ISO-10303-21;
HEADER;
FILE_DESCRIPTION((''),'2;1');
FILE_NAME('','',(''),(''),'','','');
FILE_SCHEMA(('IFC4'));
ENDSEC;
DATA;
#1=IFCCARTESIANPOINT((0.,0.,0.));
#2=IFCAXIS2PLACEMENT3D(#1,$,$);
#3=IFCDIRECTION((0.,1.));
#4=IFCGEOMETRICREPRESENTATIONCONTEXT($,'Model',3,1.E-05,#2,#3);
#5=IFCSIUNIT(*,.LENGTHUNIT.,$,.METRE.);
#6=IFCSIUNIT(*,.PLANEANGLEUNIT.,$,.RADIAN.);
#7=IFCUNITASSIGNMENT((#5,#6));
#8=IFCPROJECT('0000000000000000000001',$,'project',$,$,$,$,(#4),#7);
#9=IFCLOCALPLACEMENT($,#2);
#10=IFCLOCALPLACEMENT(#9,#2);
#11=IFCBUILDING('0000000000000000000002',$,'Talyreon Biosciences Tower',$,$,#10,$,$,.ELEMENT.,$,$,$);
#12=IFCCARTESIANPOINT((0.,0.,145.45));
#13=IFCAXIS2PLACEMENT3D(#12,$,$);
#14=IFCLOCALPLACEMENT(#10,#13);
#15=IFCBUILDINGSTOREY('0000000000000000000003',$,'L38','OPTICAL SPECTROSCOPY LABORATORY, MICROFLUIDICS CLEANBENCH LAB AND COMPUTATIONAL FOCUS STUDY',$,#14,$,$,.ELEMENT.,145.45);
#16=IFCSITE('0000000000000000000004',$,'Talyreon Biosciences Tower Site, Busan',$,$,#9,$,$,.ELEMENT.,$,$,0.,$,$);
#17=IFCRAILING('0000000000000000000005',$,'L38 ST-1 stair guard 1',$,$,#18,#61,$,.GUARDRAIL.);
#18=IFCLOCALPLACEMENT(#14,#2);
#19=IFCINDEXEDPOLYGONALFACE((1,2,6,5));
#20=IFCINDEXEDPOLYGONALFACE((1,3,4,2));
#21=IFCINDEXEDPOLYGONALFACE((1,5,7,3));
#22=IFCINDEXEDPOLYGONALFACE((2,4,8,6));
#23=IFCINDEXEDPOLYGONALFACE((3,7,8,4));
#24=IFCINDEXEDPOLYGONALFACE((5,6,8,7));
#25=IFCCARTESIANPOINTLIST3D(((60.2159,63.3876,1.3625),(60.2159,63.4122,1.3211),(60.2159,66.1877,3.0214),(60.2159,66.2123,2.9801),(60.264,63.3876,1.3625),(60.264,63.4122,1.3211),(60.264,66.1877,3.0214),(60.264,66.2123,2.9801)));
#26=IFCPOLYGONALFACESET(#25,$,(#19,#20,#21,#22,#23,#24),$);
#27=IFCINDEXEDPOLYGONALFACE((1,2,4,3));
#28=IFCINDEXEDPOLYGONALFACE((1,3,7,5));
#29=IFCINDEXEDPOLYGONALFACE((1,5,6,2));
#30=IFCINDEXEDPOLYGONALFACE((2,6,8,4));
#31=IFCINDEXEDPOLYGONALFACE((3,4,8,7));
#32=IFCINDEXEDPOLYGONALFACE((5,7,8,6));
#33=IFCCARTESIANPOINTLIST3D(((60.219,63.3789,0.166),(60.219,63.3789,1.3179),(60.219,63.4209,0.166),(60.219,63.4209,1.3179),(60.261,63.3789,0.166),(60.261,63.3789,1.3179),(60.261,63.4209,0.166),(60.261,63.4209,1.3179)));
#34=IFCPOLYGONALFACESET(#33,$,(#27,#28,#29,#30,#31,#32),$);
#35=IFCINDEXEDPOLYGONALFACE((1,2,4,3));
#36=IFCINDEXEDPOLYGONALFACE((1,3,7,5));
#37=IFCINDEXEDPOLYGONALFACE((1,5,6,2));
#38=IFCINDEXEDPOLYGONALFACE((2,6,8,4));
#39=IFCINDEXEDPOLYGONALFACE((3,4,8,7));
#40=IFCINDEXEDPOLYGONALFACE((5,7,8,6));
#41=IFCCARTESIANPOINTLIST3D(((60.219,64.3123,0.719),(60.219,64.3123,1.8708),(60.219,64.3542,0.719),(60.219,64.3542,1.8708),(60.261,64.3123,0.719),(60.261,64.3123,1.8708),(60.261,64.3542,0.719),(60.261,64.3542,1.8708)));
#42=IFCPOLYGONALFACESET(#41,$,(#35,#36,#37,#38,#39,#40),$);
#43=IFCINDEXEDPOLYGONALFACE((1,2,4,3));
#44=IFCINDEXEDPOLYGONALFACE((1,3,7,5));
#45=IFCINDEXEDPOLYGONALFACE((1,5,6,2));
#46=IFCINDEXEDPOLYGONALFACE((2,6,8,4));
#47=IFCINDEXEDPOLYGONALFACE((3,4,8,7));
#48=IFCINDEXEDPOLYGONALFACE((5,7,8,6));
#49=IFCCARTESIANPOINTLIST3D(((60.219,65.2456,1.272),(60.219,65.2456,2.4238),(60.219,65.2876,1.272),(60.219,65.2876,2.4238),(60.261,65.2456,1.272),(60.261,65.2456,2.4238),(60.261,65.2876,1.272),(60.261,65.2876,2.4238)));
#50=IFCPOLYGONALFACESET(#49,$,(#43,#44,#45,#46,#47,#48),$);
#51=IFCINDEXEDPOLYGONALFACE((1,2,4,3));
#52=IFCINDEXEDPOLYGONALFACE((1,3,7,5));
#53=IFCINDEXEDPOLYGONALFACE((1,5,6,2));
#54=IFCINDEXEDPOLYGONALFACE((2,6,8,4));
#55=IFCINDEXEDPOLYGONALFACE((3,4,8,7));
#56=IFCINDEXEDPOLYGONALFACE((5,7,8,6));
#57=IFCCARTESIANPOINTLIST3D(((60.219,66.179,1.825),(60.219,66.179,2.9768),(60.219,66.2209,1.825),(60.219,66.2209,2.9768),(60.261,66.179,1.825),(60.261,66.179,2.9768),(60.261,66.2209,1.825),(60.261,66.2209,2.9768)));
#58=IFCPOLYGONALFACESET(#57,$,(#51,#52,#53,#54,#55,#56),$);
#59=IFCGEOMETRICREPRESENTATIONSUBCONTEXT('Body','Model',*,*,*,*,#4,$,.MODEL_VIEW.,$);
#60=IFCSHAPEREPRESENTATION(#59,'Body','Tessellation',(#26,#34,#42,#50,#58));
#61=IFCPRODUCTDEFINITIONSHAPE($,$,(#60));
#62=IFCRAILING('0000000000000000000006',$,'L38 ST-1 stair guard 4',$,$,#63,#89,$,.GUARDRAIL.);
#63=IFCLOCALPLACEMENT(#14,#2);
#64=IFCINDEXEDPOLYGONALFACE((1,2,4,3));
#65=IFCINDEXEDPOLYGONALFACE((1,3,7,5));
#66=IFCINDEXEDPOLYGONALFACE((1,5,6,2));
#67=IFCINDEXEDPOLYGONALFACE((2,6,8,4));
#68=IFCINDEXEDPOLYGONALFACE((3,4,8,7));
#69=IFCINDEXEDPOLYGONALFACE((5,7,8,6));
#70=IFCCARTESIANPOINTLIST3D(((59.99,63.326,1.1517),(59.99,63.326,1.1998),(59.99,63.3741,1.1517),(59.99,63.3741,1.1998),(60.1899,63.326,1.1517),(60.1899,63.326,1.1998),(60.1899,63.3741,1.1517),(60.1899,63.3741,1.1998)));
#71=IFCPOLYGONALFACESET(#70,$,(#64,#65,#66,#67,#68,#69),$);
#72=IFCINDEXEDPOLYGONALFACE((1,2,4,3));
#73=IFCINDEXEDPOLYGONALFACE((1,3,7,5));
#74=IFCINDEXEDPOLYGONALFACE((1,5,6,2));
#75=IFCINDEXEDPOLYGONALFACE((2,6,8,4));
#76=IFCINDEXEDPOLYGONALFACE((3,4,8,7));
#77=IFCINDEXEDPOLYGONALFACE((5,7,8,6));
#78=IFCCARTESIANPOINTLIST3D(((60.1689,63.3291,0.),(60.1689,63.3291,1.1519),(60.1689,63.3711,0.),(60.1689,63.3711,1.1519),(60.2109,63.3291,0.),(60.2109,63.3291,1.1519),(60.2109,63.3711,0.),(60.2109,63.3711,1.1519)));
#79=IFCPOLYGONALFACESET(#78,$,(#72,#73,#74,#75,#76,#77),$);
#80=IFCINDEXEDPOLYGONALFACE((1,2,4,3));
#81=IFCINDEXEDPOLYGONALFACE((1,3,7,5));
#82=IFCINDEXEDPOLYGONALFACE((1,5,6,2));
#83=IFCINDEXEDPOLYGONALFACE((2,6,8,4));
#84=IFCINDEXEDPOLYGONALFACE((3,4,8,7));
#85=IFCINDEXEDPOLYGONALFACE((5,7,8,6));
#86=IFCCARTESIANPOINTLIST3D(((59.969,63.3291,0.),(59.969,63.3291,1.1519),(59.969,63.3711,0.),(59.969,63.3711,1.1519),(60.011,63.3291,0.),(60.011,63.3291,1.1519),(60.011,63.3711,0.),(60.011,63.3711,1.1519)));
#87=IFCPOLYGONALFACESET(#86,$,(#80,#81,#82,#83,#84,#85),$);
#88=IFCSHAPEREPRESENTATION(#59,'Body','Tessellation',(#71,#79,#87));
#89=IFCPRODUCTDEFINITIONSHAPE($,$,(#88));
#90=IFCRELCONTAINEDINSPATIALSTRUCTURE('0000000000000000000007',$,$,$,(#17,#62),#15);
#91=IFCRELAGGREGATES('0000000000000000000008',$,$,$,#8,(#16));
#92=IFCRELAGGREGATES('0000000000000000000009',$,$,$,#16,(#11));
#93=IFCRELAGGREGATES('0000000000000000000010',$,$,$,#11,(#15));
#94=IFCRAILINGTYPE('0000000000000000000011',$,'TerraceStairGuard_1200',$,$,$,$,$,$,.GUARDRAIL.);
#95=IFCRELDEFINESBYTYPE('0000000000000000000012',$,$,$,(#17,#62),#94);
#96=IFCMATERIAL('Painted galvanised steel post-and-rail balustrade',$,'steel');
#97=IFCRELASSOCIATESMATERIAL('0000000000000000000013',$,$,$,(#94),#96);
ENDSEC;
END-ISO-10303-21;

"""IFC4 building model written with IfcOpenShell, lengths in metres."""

from ifc_helpers import new_model, si_unit, direction, frame, origin, origin_2d, place, context, subcontext, project, spatial, rectangle, extrude, material, type_object, element, save


model = new_model("IFC4")

# Units and contexts
model_context = context("Model", 3, precision=1e-05, world=origin(), true_north=direction((0.0, 1.0)))
body_context = subcontext(model_context, "Body", "Model", "MODEL_VIEW")
ifc_project = project(units=[si_unit("LENGTHUNIT", "METRE"), si_unit("PLANEANGLEUNIT", "RADIAN")], contexts=[model_context])

# Site, building, storey
site_placement = place(None, origin())
site = spatial("IfcSite", under=ifc_project, at=site_placement, Name="Talyreon Biosciences Tower Site, Busan", CompositionType="ELEMENT", RefElevation=0.0)
building_placement = place(site_placement, origin())
building = spatial("IfcBuilding", under=site, at=building_placement, Name="Talyreon Biosciences Tower", CompositionType="ELEMENT")
storey_placement = place(building_placement, frame((0.0, 0.0, 145.45)))
storey = spatial("IfcBuildingStorey", under=building, at=storey_placement, Name="L38", Description="OPTICAL SPECTROSCOPY LABORATORY, MICROFLUIDICS CLEANBENCH LAB AND COMPUTATIONAL FOCUS STUDY", CompositionType="ELEMENT", Elevation=145.45)

# Railings
ifc_material_1 = material(Name="Painted galvanised steel post-and-rail balustrade", Category="steel")
railing_type_1 = type_object("IfcRailingType", Name="TerraceStairGuard_1200", PredefinedType="GUARDRAIL", material=ifc_material_1)
railing_1_placement = place(storey_placement, frame((60.24, 63.3999, 0.166)))
element("IfcRailing", 1, at=railing_1_placement, inside=storey, type_object=railing_type_1, Name="L38 ST-1 stair guard 1", PredefinedType="GUARDRAIL", context=body_context, shape_type="SweptSolid", body=[
    extrude(rectangle(XDim=0.0481, YDim=0.0481, at=origin_2d()), frame((0.0, 0.0, 1.1758), z_axis=(0.0, 0.860339, 0.509722), x_axis=(-1.0, 0.0, 0.0)), (0.0, 0.0, 1.0), 3.2546),
    extrude(rectangle(XDim=0.042, YDim=0.042, at=origin_2d()), origin(), (0.0, 0.0, 1.0), 1.1519),
    extrude(rectangle(XDim=0.042, YDim=0.042, at=origin_2d()), frame((0.0, 0.9333, 0.553)), (0.0, 0.0, 1.0), 1.1519),
    extrude(rectangle(XDim=0.042, YDim=0.042, at=origin_2d()), frame((0.0, 1.8667, 1.106)), (0.0, 0.0, 1.0), 1.1519),
    extrude(rectangle(XDim=0.042, YDim=0.042, at=origin_2d()), frame((0.0, 2.8, 1.6589)), (0.0, 0.0, 1.0), 1.1519),
])
railing_2_placement = place(storey_placement, frame((60.1899, 63.3501, 0.0)))
element("IfcRailing", 2, at=railing_2_placement, inside=storey, type_object=railing_type_1, Name="L38 ST-1 stair guard 4", PredefinedType="GUARDRAIL", context=body_context, shape_type="SweptSolid", body=[
    extrude(rectangle(XDim=0.0481, YDim=0.0481, at=origin_2d()), frame((0.0, 0.0, 1.1758), z_axis=(-1.0, 0.0, 0.0), x_axis=(0.0, -1.0, 0.0)), (0.0, 0.0, 1.0), 0.2),
    extrude(rectangle(XDim=0.042, YDim=0.042, at=origin_2d()), origin(), (0.0, 0.0, 1.0), 1.1519),
    extrude(rectangle(XDim=0.042, YDim=0.042, at=origin_2d()), frame((-0.2, 0.0, 0.0)), (0.0, 0.0, 1.0), 1.1519),
])

save(model, "model.ifc")
